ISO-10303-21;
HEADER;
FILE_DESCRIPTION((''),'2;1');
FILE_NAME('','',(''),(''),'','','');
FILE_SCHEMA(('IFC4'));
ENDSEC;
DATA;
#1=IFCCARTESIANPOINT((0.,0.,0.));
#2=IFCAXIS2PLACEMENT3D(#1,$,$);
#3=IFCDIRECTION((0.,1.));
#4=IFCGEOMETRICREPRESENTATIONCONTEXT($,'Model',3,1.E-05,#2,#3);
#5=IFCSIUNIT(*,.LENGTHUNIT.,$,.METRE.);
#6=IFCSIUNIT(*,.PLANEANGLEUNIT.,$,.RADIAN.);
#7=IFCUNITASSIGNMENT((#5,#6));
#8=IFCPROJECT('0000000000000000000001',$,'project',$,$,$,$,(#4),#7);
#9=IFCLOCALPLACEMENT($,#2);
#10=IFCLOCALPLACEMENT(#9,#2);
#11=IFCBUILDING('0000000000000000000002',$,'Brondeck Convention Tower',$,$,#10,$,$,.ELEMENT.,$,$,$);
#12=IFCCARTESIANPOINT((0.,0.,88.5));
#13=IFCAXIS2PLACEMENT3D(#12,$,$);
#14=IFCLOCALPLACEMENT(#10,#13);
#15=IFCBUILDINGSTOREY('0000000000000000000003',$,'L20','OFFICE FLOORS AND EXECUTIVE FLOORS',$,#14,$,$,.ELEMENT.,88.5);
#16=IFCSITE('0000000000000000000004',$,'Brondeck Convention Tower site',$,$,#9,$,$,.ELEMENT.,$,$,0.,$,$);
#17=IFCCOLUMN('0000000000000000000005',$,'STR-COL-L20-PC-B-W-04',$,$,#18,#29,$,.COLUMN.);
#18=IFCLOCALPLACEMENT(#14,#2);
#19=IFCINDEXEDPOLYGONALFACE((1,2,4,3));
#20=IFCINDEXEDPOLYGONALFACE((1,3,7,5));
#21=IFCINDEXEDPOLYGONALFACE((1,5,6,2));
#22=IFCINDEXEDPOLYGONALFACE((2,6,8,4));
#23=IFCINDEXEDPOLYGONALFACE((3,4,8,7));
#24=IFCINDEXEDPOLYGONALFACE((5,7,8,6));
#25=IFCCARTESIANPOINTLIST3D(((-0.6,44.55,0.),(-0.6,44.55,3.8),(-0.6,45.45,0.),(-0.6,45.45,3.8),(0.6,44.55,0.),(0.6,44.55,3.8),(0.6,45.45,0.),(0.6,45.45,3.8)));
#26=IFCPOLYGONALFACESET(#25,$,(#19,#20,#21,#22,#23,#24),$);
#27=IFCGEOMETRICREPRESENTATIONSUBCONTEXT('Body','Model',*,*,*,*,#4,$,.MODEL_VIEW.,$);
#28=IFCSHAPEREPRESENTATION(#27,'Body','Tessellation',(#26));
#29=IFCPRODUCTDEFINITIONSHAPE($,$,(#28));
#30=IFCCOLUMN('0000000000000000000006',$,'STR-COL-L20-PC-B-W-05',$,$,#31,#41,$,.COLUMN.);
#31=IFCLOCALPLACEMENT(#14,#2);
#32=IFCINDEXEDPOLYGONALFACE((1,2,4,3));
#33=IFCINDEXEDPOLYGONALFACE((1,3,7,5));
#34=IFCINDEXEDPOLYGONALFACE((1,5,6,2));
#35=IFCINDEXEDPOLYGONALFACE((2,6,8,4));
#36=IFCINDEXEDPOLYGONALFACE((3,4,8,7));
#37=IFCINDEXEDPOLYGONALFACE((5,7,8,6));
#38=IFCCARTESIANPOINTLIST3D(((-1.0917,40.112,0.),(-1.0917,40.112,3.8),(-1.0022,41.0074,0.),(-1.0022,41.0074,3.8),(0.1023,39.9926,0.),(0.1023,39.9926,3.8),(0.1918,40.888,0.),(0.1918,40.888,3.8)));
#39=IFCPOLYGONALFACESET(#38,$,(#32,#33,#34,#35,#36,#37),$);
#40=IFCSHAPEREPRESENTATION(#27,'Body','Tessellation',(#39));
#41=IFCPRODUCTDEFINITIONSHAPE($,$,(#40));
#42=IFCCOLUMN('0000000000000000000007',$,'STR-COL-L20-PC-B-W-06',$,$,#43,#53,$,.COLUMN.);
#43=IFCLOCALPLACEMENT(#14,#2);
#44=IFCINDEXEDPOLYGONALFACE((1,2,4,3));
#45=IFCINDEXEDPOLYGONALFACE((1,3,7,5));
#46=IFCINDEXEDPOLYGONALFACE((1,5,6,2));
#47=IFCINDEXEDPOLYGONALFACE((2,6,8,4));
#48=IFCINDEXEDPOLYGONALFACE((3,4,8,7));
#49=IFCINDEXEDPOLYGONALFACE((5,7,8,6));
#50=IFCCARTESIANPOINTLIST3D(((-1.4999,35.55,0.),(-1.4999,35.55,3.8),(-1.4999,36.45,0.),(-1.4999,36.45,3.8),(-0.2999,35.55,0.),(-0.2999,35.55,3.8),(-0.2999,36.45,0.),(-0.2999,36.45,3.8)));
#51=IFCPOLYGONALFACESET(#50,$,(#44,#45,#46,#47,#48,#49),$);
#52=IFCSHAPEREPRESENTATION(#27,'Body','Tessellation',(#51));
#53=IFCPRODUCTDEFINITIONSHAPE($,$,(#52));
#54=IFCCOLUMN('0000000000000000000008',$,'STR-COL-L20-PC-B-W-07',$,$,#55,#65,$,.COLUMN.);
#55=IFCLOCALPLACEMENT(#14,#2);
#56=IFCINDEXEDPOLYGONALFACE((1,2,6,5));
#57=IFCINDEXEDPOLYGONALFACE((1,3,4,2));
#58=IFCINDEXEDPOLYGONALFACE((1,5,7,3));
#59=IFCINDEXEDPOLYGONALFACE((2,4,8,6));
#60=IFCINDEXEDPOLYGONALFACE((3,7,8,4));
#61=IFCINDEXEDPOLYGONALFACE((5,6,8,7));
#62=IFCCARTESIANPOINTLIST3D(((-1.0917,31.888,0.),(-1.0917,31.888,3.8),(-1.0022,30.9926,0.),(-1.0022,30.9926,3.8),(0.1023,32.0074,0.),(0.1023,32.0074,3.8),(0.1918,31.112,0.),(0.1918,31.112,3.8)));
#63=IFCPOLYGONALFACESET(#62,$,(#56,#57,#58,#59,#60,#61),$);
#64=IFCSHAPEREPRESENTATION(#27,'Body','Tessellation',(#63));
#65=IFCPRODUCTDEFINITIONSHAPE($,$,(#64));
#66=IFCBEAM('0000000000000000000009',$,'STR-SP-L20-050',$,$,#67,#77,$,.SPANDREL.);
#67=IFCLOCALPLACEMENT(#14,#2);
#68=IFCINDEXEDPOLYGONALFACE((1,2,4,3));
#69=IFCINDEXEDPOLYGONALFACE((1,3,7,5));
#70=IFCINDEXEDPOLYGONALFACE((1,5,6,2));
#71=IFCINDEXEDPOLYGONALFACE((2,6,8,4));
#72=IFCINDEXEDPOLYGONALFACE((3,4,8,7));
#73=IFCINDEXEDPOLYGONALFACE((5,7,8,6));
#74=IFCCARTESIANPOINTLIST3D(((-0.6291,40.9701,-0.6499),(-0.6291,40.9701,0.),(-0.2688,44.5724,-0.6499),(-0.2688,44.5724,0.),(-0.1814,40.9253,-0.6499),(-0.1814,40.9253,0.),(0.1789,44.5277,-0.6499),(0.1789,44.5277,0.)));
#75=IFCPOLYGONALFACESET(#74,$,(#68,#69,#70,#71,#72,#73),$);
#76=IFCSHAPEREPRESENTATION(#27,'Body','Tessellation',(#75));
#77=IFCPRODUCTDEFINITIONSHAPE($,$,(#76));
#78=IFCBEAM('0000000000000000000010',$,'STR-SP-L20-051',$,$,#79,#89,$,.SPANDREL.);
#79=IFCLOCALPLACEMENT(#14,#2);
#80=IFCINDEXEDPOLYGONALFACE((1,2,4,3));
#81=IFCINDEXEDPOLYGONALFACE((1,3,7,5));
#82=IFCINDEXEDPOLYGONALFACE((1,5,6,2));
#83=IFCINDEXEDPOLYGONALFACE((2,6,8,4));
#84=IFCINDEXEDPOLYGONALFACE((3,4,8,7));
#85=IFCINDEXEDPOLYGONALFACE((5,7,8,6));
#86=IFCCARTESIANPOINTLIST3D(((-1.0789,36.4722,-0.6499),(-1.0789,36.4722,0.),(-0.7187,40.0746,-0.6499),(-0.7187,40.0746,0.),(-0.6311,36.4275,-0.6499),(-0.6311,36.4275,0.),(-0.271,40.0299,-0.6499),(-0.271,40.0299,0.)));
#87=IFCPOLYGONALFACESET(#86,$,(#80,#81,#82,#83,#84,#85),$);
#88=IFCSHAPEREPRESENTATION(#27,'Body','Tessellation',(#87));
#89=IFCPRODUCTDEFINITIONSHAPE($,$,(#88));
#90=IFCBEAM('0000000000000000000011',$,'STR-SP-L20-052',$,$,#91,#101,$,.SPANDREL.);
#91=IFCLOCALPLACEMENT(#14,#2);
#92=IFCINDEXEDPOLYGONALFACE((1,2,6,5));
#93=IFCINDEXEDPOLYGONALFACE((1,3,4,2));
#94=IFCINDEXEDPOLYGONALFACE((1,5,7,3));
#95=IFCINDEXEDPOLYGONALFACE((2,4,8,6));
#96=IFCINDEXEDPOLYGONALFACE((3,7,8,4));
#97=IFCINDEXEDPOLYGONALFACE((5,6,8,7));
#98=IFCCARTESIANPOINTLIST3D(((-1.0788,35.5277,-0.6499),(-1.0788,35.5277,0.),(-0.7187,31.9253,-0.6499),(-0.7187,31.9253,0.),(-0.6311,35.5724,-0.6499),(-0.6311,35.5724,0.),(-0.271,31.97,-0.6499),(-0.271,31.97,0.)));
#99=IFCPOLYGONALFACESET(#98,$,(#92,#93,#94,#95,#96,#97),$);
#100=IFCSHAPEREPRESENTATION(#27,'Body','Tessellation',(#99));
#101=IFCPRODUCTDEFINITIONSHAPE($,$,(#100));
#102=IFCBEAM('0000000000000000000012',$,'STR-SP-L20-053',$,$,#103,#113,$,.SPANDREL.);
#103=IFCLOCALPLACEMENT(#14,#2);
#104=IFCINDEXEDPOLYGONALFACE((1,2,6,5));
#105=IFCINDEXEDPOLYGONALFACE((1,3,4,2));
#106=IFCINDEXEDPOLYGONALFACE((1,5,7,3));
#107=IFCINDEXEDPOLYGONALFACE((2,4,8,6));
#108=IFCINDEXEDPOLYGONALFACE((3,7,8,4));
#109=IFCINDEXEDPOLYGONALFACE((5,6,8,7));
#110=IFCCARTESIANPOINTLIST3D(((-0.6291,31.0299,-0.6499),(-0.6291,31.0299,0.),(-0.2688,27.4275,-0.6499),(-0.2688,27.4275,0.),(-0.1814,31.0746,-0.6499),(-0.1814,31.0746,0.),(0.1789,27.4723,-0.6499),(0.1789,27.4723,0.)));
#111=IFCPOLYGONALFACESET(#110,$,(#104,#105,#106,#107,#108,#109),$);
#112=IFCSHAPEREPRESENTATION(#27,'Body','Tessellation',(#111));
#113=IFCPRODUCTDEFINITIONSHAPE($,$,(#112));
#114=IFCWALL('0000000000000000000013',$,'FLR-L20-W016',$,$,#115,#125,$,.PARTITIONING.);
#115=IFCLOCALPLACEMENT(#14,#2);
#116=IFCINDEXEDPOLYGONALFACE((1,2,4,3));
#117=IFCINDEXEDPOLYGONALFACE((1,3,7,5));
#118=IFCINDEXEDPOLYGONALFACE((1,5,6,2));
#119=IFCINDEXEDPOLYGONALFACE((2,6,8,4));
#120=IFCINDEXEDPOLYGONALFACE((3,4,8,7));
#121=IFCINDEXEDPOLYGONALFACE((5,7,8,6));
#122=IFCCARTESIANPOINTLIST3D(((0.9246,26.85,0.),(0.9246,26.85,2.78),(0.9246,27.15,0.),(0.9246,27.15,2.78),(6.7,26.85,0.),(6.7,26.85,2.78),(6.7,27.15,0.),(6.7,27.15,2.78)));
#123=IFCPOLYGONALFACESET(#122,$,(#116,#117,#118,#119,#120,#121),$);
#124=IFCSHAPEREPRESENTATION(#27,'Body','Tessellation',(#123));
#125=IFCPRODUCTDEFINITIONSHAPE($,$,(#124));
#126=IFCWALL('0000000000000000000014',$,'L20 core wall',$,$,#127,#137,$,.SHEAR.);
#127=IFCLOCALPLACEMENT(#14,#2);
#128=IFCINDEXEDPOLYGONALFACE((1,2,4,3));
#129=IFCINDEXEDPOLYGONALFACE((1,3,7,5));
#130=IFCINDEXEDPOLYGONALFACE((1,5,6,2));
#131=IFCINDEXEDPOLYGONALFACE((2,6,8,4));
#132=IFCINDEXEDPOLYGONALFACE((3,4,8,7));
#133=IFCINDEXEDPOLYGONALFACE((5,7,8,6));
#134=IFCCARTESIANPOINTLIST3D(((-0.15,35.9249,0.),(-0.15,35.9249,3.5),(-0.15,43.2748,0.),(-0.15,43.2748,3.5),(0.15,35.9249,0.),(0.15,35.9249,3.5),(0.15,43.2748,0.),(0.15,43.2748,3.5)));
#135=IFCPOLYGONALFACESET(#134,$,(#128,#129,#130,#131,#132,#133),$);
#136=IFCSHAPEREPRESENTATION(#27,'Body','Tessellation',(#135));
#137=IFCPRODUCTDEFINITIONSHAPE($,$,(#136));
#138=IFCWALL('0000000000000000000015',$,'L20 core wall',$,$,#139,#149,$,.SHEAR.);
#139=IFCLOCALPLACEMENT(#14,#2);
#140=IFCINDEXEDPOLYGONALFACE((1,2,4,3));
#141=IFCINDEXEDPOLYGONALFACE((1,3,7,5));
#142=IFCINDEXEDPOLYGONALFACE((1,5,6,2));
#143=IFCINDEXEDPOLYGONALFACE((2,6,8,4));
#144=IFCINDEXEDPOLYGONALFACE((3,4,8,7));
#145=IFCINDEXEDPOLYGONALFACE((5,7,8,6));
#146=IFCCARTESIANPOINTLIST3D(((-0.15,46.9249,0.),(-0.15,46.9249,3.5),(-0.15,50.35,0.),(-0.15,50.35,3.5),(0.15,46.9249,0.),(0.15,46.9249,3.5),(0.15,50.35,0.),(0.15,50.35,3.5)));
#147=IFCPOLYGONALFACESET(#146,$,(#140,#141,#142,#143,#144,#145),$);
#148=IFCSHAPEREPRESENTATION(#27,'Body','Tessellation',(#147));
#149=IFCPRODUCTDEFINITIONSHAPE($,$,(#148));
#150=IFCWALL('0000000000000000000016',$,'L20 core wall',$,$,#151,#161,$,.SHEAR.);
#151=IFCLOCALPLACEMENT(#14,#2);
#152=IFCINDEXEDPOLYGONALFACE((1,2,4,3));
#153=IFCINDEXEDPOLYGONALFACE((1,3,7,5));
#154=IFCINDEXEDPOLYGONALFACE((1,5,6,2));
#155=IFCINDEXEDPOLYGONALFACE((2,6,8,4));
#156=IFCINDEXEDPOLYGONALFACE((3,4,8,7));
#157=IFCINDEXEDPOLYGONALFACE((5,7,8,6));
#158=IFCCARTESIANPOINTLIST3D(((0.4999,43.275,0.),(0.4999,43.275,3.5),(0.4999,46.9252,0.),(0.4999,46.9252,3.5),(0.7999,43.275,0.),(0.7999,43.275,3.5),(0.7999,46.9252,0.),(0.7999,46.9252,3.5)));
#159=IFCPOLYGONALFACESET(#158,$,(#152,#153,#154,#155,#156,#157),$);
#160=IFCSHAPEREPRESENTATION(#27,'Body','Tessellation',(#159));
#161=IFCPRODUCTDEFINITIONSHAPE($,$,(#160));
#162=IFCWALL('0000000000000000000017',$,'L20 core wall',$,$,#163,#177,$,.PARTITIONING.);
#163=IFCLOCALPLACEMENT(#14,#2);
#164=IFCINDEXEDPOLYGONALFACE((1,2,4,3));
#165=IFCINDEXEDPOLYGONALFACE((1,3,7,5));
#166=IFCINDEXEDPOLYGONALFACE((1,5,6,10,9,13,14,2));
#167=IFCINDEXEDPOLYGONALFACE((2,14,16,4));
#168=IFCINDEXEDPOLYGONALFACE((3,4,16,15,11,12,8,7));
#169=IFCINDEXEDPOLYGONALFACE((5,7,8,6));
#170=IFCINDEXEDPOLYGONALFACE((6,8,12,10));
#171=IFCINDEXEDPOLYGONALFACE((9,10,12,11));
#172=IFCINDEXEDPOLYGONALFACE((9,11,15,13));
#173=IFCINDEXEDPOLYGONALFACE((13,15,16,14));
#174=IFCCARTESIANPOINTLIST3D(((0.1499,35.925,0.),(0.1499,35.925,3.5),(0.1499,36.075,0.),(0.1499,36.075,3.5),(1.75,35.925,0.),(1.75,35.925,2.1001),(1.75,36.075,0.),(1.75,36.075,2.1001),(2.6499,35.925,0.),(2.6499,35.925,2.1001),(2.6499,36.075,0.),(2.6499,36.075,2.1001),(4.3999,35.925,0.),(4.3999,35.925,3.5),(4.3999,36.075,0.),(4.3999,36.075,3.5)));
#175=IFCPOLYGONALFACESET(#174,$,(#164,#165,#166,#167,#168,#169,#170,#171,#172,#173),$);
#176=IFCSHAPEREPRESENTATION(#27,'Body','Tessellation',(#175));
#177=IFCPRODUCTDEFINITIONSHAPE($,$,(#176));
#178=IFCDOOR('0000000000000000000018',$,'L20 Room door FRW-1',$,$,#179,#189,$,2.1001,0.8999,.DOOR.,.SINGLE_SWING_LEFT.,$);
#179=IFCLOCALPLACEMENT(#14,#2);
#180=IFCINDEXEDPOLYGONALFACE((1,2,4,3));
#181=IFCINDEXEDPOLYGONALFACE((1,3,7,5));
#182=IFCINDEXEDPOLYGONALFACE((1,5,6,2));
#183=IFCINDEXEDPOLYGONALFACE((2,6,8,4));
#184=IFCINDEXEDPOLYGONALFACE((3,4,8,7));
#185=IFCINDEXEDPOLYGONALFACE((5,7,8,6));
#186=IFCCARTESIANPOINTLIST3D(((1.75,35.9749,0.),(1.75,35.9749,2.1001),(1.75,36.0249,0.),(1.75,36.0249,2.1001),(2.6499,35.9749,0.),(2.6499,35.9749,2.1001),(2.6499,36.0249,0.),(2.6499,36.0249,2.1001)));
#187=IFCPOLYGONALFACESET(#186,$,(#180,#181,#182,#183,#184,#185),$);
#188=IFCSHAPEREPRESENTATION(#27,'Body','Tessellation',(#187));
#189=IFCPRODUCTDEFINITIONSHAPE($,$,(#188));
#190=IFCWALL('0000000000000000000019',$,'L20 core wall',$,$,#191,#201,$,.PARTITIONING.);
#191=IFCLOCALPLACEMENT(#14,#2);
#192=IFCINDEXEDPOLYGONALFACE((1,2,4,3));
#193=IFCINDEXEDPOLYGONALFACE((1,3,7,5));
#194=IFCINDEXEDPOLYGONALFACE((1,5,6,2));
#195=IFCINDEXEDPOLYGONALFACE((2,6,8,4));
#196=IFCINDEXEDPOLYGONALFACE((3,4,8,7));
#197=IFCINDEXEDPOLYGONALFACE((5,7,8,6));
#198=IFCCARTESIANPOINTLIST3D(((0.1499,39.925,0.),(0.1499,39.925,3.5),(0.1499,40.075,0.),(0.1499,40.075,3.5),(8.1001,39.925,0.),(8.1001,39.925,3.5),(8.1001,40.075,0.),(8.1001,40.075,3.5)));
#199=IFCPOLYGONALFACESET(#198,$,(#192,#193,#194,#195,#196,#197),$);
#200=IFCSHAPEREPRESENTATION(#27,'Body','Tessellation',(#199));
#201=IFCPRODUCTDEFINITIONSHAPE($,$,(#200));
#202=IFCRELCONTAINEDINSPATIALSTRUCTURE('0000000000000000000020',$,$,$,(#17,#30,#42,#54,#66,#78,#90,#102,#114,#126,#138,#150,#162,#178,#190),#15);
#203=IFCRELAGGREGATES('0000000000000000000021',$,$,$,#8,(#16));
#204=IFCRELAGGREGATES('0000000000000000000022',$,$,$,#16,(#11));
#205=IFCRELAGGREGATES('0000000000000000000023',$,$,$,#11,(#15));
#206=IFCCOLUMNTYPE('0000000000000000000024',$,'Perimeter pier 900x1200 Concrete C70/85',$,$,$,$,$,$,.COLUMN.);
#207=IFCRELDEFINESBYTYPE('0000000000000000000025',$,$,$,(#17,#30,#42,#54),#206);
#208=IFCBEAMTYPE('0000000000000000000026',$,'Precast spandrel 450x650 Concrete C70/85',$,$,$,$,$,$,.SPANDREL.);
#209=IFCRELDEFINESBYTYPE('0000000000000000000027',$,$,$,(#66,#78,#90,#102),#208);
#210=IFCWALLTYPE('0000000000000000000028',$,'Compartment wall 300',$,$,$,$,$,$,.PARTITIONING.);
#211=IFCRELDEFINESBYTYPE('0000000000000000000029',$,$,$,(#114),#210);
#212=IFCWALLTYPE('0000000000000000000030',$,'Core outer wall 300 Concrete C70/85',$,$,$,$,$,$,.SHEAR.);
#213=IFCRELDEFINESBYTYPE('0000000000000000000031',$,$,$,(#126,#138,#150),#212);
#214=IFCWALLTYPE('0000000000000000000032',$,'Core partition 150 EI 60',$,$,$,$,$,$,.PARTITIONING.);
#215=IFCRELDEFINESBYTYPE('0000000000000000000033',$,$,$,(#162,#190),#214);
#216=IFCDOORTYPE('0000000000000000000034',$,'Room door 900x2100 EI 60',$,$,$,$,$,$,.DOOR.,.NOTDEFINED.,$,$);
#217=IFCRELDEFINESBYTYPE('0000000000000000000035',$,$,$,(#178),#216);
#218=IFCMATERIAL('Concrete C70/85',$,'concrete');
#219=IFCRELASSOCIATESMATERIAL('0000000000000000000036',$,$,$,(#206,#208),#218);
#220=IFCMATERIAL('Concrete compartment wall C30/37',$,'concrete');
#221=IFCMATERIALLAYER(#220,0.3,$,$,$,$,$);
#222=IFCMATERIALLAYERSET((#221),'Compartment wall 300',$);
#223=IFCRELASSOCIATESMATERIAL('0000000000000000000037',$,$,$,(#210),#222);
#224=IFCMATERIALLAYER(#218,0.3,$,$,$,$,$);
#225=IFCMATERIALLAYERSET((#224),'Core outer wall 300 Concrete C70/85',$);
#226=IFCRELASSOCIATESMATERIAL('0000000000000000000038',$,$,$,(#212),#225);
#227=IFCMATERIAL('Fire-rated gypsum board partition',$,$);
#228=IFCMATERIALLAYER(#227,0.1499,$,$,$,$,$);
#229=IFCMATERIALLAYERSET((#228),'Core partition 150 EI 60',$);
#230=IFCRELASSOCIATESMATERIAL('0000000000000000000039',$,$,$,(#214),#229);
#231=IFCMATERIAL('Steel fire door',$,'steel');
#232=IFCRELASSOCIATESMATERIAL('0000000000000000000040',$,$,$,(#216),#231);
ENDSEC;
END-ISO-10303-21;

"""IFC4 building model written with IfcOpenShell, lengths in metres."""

from ifc_helpers import new_model, si_unit, direction, frame, frame_2d, origin, origin_2d, place, context, subcontext, project, spatial, rectangle, extrude, material, layer, layer_set, material_profile, profile_set, type_object, element, fill, save


model = new_model("IFC4")

# Units and contexts
model_context = context("Model", 3, precision=1e-05, world=origin(), true_north=direction((0.0, 1.0)))
body_context = subcontext(model_context, "Body", "Model", "MODEL_VIEW")
ifc_project = project(units=[si_unit("LENGTHUNIT", "METRE"), si_unit("PLANEANGLEUNIT", "RADIAN")], contexts=[model_context])

# Site, building, storey
site_placement = place(None, origin())
site = spatial("IfcSite", under=ifc_project, at=site_placement, Name="Brondeck Convention Tower site", CompositionType="ELEMENT", RefElevation=0.0)
building_placement = place(site_placement, origin())
building = spatial("IfcBuilding", under=site, at=building_placement, Name="Brondeck Convention Tower", CompositionType="ELEMENT")
storey_placement = place(building_placement, frame((0.0, 0.0, 88.5)))
storey = spatial("IfcBuildingStorey", under=building, at=storey_placement, Name="L20", Description="OFFICE FLOORS AND EXECUTIVE FLOORS", CompositionType="ELEMENT", Elevation=88.5)

# Columns
ifc_material_1 = material(Name="Concrete C70/85", Category="concrete")
ifc_material_profile_1 = material_profile(ifc_material_1, rectangle(XDim=0.8999, YDim=1.2, at=origin_2d()), Name="Perimeter pier 900x1200 Concrete C70/85")
ifc_profile_set_1 = profile_set([ifc_material_profile_1], Name="Concrete C70/85")
column_type = type_object("IfcColumnType", Name="Perimeter pier 900x1200 Concrete C70/85", PredefinedType="COLUMN", material=ifc_profile_set_1)
for number, where, z_axis, x_axis, name in (
    (1, (0.0, 45.0, 0.0), (0.0, 0.0, 1.0), (0.0, -1.0, 0.0), "STR-COL-L20-PC-B-W-04"),
    (2, (-0.45, 40.5, 0.0), (0.0, 0.0, 1.0), (-0.099504, -0.995037, 0.0), "STR-COL-L20-PC-B-W-05"),
    (3, (-0.8999, 36.0, 0.0), (0.0, 0.0, 1.0), (0.0, -1.0, 0.0), "STR-COL-L20-PC-B-W-06"),
    (4, (-0.45, 31.5, 0.0), (0.0, 0.0, 1.0), (0.099504, -0.995037, 0.0), "STR-COL-L20-PC-B-W-07"),
):
    element("IfcColumn", number, at=place(storey_placement, frame(where, z_axis=z_axis, x_axis=x_axis)), inside=storey, type_object=column_type, Name=name, PredefinedType="COLUMN", context=body_context, shape_type="SweptSolid", body=[
        extrude(rectangle(XDim=0.8999, YDim=1.2, at=origin_2d()), origin(), (0.0, 0.0, 1.0), 3.8),
    ])

# Beams
ifc_material_profile_2 = material_profile(ifc_material_1, rectangle(XDim=0.45, YDim=0.6499, at=origin_2d()), Name="Precast spandrel 450x650 Concrete C70/85")
ifc_profile_set_2 = profile_set([ifc_material_profile_2], Name="Concrete C70/85")
beam_type = type_object("IfcBeamType", Name="Precast spandrel 450x650 Concrete C70/85", PredefinedType="SPANDREL", material=ifc_profile_set_2)
for number, where, z_axis, x_axis, name in (
    (5, (-0.0449, 44.55, -0.325), (-0.099537, -0.995034, 0.0), (0.995034, -0.099537, 0.0), "STR-SP-L20-050"),
    (6, (-0.4949, 40.0522, -0.325), (-0.09947, -0.995041, 0.0), (0.995041, -0.09947, 0.0), "STR-SP-L20-051"),
    (7, (-0.855, 35.55, -0.325), (0.09947, -0.995041, 0.0), (0.995041, 0.09947, 0.0), "STR-SP-L20-052"),
    (8, (-0.4053, 31.0522, -0.325), (0.099537, -0.995034, 0.0), (0.995034, 0.099537, 0.0), "STR-SP-L20-053"),
):
    element("IfcBeam", number, at=place(storey_placement, frame(where, z_axis=z_axis, x_axis=x_axis)), inside=storey, type_object=beam_type, Name=name, PredefinedType="SPANDREL", context=body_context, shape_type="SweptSolid", body=[
        extrude(rectangle(XDim=0.45, YDim=0.6499, at=origin_2d()), origin(), (0.0, 0.0, 1.0), 3.6204),
    ])

# Walls
ifc_material_2 = material(Name="Concrete compartment wall C30/37", Category="concrete")
ifc_layer_1 = layer(ifc_material_2, 0.3)
ifc_layer_set_1 = layer_set([ifc_layer_1], Name="Compartment wall 300")
wall_type_1 = type_object("IfcWallType", Name="Compartment wall 300", PredefinedType="PARTITIONING", material=ifc_layer_set_1)
wall_1_placement = place(storey_placement, frame((0.9246, 27.0, 0.0), z_axis=(0.0, 0.0, 1.0), x_axis=(1.0, 0.0, 0.0)))
element("IfcWall", 9, at=wall_1_placement, inside=storey, type_object=wall_type_1, Name="FLR-L20-W016", PredefinedType="PARTITIONING", context=body_context, shape_type="SweptSolid", body=[
    extrude(rectangle(XDim=5.7754, YDim=0.3, at=frame_2d((2.8877, 0.0))), origin(), (0.0, 0.0, 1.0), 2.78),
])
ifc_layer_2 = layer(ifc_material_1, 0.3)
ifc_layer_set_2 = layer_set([ifc_layer_2], Name="Core outer wall 300 Concrete C70/85")
wall_type_2 = type_object("IfcWallType", Name="Core outer wall 300 Concrete C70/85", PredefinedType="SHEAR", material=ifc_layer_set_2)
wall_2_placement = place(storey_placement, frame((0.0, 35.925, 0.0), z_axis=(0.0, 0.0, 1.0), x_axis=(0.0, 1.0, 0.0)))
element("IfcWall", 10, at=wall_2_placement, inside=storey, type_object=wall_type_2, Name="L20 core wall", PredefinedType="SHEAR", context=body_context, shape_type="SweptSolid", body=[
    extrude(rectangle(XDim=7.3499, YDim=0.3, at=frame_2d((3.6748, 0.0))), origin(), (0.0, 0.0, 1.0), 3.5),
])
wall_3_placement = place(storey_placement, frame((0.0, 46.925, 0.0), z_axis=(0.0, 0.0, 1.0), x_axis=(0.0, 1.0, 0.0)))
element("IfcWall", 11, at=wall_3_placement, inside=storey, type_object=wall_type_2, Name="L20 core wall", PredefinedType="SHEAR", context=body_context, shape_type="SweptSolid", body=[
    extrude(rectangle(XDim=3.425, YDim=0.3, at=frame_2d((1.7124, 0.0))), origin(), (0.0, 0.0, 1.0), 3.5),
])
wall_4_placement = place(storey_placement, frame((0.6499, 43.2749, 0.0), z_axis=(0.0, 0.0, 1.0), x_axis=(0.0, 1.0, 0.0)))
element("IfcWall", 12, at=wall_4_placement, inside=storey, type_object=wall_type_2, Name="L20 core wall", PredefinedType="SHEAR", context=body_context, shape_type="SweptSolid", body=[
    extrude(rectangle(XDim=3.6501, YDim=0.3, at=frame_2d((1.8252, 0.0))), origin(), (0.0, 0.0, 1.0), 3.5),
])

# Wall, opening, door
ifc_material_3 = material(Name="Fire-rated gypsum board partition")
ifc_layer_3 = layer(ifc_material_3, 0.1499)
ifc_layer_set_3 = layer_set([ifc_layer_3], Name="Core partition 150 EI 60")
wall_type_3 = type_object("IfcWallType", Name="Core partition 150 EI 60", PredefinedType="PARTITIONING", material=ifc_layer_set_3)
wall_5_placement = place(storey_placement, frame((0.1499, 36.0, 0.0), z_axis=(0.0, 0.0, 1.0), x_axis=(1.0, 0.0, 0.0)))
wall_5 = element("IfcWall", 13, at=wall_5_placement, inside=storey, type_object=wall_type_3, Name="L20 core wall", PredefinedType="PARTITIONING", context=body_context, shape_type="SweptSolid", body=[
    extrude(rectangle(XDim=4.25, YDim=0.1499, at=frame_2d((2.125, 0.0))), origin(), (0.0, 0.0, 1.0), 3.5),
])
opening_1_placement = place(wall_5_placement, frame((1.6001, 0.0, 0.0)))
opening_1 = element("IfcOpeningElement", 14, at=opening_1_placement, cuts=wall_5, PredefinedType="OPENING", context=body_context, shape_type="SweptSolid", body=[
    extrude(rectangle(XDim=0.8999, YDim=2.1001, at=frame_2d((0.45, 1.05))), frame((0.0, 0.085, 0.0), z_axis=(0.0, -1.0, 0.0), x_axis=(1.0, 0.0, 0.0)), (0.0, 0.0, 1.0), 0.1699),
])
ifc_material_4 = material(Name="Steel fire door", Category="steel")
door_type_1 = type_object("IfcDoorType", Name="Room door 900x2100 EI 60", OperationType="NOTDEFINED", PredefinedType="DOOR", material=ifc_material_4)
door_1_placement = place(opening_1_placement, origin())
door_1 = element("IfcDoor", 15, at=door_1_placement, inside=storey, type_object=door_type_1, Name="L20 Room door FRW-1", OperationType="SINGLE_SWING_LEFT", OverallHeight=2.1001, OverallWidth=0.8999, PredefinedType="DOOR", context=body_context, shape_type="SweptSolid", body=[
    extrude(rectangle(XDim=0.8999, YDim=2.1001, at=frame_2d((0.45, 1.05))), frame((0.0, 0.0249, 0.0), z_axis=(0.0, -1.0, 0.0), x_axis=(1.0, 0.0, 0.0)), (0.0, 0.0, 1.0), 0.05),
])
fill(opening_1, door_1)

# Wall
wall_6_placement = place(storey_placement, frame((0.1499, 40.0, 0.0), z_axis=(0.0, 0.0, 1.0), x_axis=(1.0, 0.0, 0.0)))
element("IfcWall", 16, at=wall_6_placement, inside=storey, type_object=wall_type_3, Name="L20 core wall", PredefinedType="PARTITIONING", context=body_context, shape_type="SweptSolid", body=[
    extrude(rectangle(XDim=7.9502, YDim=0.1499, at=frame_2d((3.9751, 0.0))), origin(), (0.0, 0.0, 1.0), 3.5),
])

save(model, "model.ifc")
